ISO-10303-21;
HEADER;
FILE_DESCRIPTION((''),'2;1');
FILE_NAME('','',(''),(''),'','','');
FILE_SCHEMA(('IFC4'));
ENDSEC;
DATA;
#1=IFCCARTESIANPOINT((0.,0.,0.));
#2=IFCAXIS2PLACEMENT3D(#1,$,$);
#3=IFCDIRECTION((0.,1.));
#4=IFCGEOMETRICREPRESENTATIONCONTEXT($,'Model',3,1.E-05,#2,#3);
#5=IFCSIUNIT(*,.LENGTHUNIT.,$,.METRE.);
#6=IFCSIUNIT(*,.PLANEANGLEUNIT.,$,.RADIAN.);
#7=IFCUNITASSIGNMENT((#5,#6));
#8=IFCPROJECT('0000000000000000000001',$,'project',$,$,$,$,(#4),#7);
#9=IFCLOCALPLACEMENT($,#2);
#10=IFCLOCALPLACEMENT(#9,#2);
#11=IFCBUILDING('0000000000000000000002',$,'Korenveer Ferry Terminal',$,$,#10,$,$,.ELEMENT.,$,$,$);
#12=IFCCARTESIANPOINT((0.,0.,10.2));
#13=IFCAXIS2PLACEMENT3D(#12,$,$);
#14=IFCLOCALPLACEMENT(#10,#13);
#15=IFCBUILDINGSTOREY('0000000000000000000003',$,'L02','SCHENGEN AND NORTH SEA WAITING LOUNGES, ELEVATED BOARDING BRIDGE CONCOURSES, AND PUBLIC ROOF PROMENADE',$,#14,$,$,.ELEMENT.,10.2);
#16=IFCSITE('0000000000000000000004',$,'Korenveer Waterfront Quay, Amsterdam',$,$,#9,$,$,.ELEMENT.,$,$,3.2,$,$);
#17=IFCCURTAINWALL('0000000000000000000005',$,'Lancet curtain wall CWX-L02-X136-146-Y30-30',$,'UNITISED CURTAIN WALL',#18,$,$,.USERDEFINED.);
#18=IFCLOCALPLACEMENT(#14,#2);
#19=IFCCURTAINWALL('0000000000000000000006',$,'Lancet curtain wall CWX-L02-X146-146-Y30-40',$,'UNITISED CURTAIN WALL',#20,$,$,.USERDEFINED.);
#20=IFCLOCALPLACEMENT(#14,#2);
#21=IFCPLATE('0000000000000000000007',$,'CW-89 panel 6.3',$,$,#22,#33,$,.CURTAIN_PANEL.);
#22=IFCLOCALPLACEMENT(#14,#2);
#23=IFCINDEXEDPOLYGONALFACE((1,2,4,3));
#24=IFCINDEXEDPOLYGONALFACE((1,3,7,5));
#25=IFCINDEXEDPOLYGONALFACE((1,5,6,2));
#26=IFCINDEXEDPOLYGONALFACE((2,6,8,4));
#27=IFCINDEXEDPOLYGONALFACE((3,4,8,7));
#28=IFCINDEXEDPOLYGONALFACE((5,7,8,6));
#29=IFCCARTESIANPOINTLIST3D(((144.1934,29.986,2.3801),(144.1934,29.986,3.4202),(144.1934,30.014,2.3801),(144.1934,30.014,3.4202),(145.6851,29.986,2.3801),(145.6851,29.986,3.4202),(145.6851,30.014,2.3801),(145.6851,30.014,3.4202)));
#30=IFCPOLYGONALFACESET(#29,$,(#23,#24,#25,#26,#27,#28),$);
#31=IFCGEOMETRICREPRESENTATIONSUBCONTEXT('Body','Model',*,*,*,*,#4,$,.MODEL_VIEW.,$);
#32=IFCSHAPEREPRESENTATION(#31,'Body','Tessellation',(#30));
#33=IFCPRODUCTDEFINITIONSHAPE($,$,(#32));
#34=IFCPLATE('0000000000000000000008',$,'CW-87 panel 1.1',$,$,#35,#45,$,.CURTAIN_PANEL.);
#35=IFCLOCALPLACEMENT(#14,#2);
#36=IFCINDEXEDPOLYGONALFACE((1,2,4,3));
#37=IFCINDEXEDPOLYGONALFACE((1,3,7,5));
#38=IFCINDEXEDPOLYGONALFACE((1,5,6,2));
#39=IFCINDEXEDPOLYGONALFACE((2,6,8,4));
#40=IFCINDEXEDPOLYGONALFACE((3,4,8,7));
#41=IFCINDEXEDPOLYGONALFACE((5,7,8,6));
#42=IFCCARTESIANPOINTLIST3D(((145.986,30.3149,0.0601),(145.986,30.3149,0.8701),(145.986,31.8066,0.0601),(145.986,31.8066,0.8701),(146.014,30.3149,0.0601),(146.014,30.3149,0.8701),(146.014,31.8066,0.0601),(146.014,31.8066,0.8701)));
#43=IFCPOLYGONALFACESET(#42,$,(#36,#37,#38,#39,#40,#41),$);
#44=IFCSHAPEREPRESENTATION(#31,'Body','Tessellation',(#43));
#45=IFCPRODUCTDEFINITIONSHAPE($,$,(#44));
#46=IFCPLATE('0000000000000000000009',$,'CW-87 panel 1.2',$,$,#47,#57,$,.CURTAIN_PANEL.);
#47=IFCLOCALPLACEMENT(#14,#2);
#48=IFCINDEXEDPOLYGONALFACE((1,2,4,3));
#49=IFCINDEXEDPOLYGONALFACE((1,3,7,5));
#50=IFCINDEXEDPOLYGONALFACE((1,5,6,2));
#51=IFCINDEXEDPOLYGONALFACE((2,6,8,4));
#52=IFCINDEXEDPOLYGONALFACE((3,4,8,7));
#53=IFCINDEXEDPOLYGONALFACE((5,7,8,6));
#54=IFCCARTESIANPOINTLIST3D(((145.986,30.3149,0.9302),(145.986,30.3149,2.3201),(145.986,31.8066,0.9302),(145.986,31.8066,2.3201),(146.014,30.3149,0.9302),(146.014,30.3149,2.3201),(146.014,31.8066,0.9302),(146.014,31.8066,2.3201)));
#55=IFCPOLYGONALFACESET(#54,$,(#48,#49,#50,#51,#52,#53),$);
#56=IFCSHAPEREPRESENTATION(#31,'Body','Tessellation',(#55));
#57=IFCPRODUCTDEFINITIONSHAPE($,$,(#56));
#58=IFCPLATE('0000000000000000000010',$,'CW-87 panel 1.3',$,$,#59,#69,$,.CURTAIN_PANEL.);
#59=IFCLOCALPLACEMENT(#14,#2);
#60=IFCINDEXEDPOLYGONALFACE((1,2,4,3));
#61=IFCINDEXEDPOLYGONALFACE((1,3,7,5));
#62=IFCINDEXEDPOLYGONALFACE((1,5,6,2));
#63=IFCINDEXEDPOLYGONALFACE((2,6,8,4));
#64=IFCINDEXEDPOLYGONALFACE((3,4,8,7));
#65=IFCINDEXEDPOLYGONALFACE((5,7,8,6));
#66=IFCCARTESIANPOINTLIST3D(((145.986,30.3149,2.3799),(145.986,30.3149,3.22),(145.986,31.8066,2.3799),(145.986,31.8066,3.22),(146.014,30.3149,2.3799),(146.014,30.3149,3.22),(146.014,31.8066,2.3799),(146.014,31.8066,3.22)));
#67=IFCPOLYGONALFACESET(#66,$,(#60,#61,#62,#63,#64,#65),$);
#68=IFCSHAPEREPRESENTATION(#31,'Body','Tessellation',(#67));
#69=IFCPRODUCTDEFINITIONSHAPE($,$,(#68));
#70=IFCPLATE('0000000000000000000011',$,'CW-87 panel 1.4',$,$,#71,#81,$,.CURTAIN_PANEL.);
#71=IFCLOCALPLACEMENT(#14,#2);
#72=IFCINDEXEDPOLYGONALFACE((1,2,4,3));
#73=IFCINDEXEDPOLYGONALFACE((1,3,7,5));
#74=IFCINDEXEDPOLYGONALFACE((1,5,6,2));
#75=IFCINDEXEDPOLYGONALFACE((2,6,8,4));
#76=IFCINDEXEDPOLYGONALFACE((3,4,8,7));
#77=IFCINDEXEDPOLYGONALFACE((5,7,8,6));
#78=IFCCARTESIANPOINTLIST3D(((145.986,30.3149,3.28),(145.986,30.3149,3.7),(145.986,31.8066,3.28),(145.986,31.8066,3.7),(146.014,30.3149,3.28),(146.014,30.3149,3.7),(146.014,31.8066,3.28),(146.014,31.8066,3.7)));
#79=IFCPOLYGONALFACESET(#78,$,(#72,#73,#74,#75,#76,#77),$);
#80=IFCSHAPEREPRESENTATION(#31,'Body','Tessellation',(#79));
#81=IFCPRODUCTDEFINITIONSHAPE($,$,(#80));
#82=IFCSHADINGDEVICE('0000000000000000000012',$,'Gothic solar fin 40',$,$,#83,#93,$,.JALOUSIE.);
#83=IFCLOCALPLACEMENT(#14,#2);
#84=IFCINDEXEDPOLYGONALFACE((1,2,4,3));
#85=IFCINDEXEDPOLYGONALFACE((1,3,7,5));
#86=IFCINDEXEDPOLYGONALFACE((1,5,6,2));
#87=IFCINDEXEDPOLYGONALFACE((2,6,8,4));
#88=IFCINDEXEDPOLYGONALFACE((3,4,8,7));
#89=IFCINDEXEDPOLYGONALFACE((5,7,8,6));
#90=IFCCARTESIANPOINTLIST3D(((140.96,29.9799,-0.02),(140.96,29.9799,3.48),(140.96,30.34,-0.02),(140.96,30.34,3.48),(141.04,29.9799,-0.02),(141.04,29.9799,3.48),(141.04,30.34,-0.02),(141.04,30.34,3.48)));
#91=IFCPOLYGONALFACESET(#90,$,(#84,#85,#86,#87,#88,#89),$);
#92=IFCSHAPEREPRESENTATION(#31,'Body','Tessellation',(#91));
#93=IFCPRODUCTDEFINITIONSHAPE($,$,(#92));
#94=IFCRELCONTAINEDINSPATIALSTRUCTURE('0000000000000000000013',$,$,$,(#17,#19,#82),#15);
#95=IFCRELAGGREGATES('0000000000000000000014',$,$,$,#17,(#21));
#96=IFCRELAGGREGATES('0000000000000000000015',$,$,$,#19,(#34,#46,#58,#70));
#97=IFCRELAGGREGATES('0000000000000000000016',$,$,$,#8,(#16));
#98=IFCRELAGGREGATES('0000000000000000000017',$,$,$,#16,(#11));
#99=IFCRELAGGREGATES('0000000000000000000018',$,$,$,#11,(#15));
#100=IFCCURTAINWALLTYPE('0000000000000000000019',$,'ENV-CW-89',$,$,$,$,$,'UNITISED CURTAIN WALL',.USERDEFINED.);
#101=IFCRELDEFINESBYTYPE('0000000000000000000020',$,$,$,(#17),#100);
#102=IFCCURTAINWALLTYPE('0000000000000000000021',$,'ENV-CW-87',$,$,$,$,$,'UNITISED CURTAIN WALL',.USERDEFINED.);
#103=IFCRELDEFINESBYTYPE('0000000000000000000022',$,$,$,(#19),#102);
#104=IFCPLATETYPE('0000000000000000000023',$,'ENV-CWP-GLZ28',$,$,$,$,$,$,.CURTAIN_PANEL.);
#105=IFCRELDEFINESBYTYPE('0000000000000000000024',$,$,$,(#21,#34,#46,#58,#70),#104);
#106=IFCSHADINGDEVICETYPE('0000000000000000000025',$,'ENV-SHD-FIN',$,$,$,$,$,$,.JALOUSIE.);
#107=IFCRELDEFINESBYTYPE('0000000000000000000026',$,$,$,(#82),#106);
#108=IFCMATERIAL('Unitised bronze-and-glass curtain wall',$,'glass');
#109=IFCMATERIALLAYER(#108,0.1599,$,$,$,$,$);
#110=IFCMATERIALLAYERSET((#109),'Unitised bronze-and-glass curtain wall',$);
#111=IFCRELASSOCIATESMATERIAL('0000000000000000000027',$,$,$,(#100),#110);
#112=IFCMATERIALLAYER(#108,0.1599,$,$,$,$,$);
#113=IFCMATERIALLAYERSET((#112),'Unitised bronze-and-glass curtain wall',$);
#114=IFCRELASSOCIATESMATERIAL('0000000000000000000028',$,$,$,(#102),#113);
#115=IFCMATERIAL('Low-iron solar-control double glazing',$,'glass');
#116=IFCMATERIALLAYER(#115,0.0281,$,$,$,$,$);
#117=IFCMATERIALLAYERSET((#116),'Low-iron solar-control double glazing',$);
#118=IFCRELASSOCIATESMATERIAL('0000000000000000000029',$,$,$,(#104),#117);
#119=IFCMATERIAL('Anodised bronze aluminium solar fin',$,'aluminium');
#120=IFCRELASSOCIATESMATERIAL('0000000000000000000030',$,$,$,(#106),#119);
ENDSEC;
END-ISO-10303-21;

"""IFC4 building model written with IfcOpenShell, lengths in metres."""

from ifc_helpers import new_model, si_unit, direction, frame, origin, origin_2d, place, context, subcontext, project, spatial, rectangle, extrude, material, layer, layer_set, type_object, element, aggregate, save


model = new_model("IFC4")

# Units and contexts
model_context = context("Model", 3, precision=1e-05, world=origin(), true_north=direction((0.0, 1.0)))
body_context = subcontext(model_context, "Body", "Model", "MODEL_VIEW")
ifc_project = project(units=[si_unit("LENGTHUNIT", "METRE"), si_unit("PLANEANGLEUNIT", "RADIAN")], contexts=[model_context])

# Site, building, storey
site_placement = place(None, origin())
site = spatial("IfcSite", under=ifc_project, at=site_placement, Name="Korenveer Waterfront Quay, Amsterdam", CompositionType="ELEMENT", RefElevation=3.2)
building_placement = place(site_placement, origin())
building = spatial("IfcBuilding", under=site, at=building_placement, Name="Korenveer Ferry Terminal", CompositionType="ELEMENT")
storey_placement = place(building_placement, frame((0.0, 0.0, 10.2)))
storey = spatial("IfcBuildingStorey", under=building, at=storey_placement, Name="L02", Description="SCHENGEN AND NORTH SEA WAITING LOUNGES, ELEVATED BOARDING BRIDGE CONCOURSES, AND PUBLIC ROOF PROMENADE", CompositionType="ELEMENT", Elevation=10.2)

# Curtain walls
ifc_material_1 = material(Name="Unitised bronze-and-glass curtain wall", Category="glass")
ifc_layer_1 = layer(ifc_material_1, 0.1599)
ifc_layer_set_1 = layer_set([ifc_layer_1], Name="Unitised bronze-and-glass curtain wall")
curtain_wall_type_1 = type_object("IfcCurtainWallType", Name="ENV-CW-89", ElementType="UNITISED CURTAIN WALL", PredefinedType="USERDEFINED", material=ifc_layer_set_1)
curtain_wall_1_placement = place(storey_placement, frame((136.2549, 30.0, 0.0)))
curtain_wall_1 = element("IfcCurtainWall", 1, at=curtain_wall_1_placement, inside=storey, type_object=curtain_wall_type_1, Name="Lancet curtain wall CWX-L02-X136-146-Y30-30", ObjectType="UNITISED CURTAIN WALL", PredefinedType="USERDEFINED")
ifc_layer_2 = layer(ifc_material_1, 0.1599)
ifc_layer_set_2 = layer_set([ifc_layer_2], Name="Unitised bronze-and-glass curtain wall")
curtain_wall_type_2 = type_object("IfcCurtainWallType", Name="ENV-CW-87", ElementType="UNITISED CURTAIN WALL", PredefinedType="USERDEFINED", material=ifc_layer_set_2)
curtain_wall_2_placement = place(storey_placement, frame((146.0, 30.2549, 0.0)))
curtain_wall_2 = element("IfcCurtainWall", 2, at=curtain_wall_2_placement, inside=storey, type_object=curtain_wall_type_2, Name="Lancet curtain wall CWX-L02-X146-146-Y30-40", ObjectType="UNITISED CURTAIN WALL", PredefinedType="USERDEFINED")

# Plates
ifc_material_2 = material(Name="Low-iron solar-control double glazing", Category="glass")
ifc_layer_3 = layer(ifc_material_2, 0.0281)
ifc_layer_set_3 = layer_set([ifc_layer_3], Name="Low-iron solar-control double glazing")
plate_type = type_object("IfcPlateType", Name="ENV-CWP-GLZ28", PredefinedType="CURTAIN_PANEL", material=ifc_layer_set_3)
plate_1_placement = place(storey_placement, frame((144.9392, 30.0, 2.3801), z_axis=(0.0, 0.0, 1.0), x_axis=(1.0, 0.0, 0.0)))
plate_1 = element("IfcPlate", 3, at=plate_1_placement, type_object=plate_type, Name="CW-89 panel 6.3", PredefinedType="CURTAIN_PANEL", context=body_context, shape_type="SweptSolid", body=[
    extrude(rectangle(XDim=1.4917, YDim=0.0281, at=origin_2d()), origin(), (0.0, 0.0, 1.0), 1.04),
])
aggregate(curtain_wall_1, [plate_1])
plate_2_placement = place(storey_placement, frame((146.0, 31.0608, 0.0601), z_axis=(0.0, 0.0, 1.0), x_axis=(0.0, 1.0, 0.0)))
plate_2 = element("IfcPlate", 4, at=plate_2_placement, type_object=plate_type, Name="CW-87 panel 1.1", PredefinedType="CURTAIN_PANEL", context=body_context, shape_type="SweptSolid", body=[
    extrude(rectangle(XDim=1.4917, YDim=0.0281, at=origin_2d()), origin(), (0.0, 0.0, 1.0), 0.8101),
])
plate_3_placement = place(storey_placement, frame((146.0, 31.0608, 0.9302), z_axis=(0.0, 0.0, 1.0), x_axis=(0.0, 1.0, 0.0)))
plate_3 = element("IfcPlate", 5, at=plate_3_placement, type_object=plate_type, Name="CW-87 panel 1.2", PredefinedType="CURTAIN_PANEL", context=body_context, shape_type="SweptSolid", body=[
    extrude(rectangle(XDim=1.4917, YDim=0.0281, at=origin_2d()), origin(), (0.0, 0.0, 1.0), 1.3899),
])
plate_4_placement = place(storey_placement, frame((146.0, 31.0608, 2.3799), z_axis=(0.0, 0.0, 1.0), x_axis=(0.0, 1.0, 0.0)))
plate_4 = element("IfcPlate", 6, at=plate_4_placement, type_object=plate_type, Name="CW-87 panel 1.3", PredefinedType="CURTAIN_PANEL", context=body_context, shape_type="SweptSolid", body=[
    extrude(rectangle(XDim=1.4917, YDim=0.0281, at=origin_2d()), origin(), (0.0, 0.0, 1.0), 0.8401),
])
plate_5_placement = place(storey_placement, frame((146.0, 31.0608, 3.28), z_axis=(0.0, 0.0, 1.0), x_axis=(0.0, 1.0, 0.0)))
plate_5 = element("IfcPlate", 7, at=plate_5_placement, type_object=plate_type, Name="CW-87 panel 1.4", PredefinedType="CURTAIN_PANEL", context=body_context, shape_type="SweptSolid", body=[
    extrude(rectangle(XDim=1.4917, YDim=0.0281, at=origin_2d()), origin(), (0.0, 0.0, 1.0), 0.4199),
])
aggregate(curtain_wall_2, [plate_2, plate_3, plate_4, plate_5])

# Shading device
ifc_material_3 = material(Name="Anodised bronze aluminium solar fin", Category="aluminium")
shading_device_type = type_object("IfcShadingDeviceType", Name="ENV-SHD-FIN", PredefinedType="JALOUSIE", material=ifc_material_3)
shading_device_placement = place(storey_placement, frame((141.0, 30.1599, -0.02), z_axis=(0.0, 0.0, 1.0), x_axis=(0.0, 1.0, 0.0)))
element("IfcShadingDevice", 8, at=shading_device_placement, inside=storey, type_object=shading_device_type, Name="Gothic solar fin 40", PredefinedType="JALOUSIE", context=body_context, shape_type="SweptSolid", body=[
    extrude(rectangle(XDim=0.3601, YDim=0.0801, at=origin_2d()), origin(), (0.0, 0.0, 1.0), 3.5),
])

save(model, "model.ifc")
